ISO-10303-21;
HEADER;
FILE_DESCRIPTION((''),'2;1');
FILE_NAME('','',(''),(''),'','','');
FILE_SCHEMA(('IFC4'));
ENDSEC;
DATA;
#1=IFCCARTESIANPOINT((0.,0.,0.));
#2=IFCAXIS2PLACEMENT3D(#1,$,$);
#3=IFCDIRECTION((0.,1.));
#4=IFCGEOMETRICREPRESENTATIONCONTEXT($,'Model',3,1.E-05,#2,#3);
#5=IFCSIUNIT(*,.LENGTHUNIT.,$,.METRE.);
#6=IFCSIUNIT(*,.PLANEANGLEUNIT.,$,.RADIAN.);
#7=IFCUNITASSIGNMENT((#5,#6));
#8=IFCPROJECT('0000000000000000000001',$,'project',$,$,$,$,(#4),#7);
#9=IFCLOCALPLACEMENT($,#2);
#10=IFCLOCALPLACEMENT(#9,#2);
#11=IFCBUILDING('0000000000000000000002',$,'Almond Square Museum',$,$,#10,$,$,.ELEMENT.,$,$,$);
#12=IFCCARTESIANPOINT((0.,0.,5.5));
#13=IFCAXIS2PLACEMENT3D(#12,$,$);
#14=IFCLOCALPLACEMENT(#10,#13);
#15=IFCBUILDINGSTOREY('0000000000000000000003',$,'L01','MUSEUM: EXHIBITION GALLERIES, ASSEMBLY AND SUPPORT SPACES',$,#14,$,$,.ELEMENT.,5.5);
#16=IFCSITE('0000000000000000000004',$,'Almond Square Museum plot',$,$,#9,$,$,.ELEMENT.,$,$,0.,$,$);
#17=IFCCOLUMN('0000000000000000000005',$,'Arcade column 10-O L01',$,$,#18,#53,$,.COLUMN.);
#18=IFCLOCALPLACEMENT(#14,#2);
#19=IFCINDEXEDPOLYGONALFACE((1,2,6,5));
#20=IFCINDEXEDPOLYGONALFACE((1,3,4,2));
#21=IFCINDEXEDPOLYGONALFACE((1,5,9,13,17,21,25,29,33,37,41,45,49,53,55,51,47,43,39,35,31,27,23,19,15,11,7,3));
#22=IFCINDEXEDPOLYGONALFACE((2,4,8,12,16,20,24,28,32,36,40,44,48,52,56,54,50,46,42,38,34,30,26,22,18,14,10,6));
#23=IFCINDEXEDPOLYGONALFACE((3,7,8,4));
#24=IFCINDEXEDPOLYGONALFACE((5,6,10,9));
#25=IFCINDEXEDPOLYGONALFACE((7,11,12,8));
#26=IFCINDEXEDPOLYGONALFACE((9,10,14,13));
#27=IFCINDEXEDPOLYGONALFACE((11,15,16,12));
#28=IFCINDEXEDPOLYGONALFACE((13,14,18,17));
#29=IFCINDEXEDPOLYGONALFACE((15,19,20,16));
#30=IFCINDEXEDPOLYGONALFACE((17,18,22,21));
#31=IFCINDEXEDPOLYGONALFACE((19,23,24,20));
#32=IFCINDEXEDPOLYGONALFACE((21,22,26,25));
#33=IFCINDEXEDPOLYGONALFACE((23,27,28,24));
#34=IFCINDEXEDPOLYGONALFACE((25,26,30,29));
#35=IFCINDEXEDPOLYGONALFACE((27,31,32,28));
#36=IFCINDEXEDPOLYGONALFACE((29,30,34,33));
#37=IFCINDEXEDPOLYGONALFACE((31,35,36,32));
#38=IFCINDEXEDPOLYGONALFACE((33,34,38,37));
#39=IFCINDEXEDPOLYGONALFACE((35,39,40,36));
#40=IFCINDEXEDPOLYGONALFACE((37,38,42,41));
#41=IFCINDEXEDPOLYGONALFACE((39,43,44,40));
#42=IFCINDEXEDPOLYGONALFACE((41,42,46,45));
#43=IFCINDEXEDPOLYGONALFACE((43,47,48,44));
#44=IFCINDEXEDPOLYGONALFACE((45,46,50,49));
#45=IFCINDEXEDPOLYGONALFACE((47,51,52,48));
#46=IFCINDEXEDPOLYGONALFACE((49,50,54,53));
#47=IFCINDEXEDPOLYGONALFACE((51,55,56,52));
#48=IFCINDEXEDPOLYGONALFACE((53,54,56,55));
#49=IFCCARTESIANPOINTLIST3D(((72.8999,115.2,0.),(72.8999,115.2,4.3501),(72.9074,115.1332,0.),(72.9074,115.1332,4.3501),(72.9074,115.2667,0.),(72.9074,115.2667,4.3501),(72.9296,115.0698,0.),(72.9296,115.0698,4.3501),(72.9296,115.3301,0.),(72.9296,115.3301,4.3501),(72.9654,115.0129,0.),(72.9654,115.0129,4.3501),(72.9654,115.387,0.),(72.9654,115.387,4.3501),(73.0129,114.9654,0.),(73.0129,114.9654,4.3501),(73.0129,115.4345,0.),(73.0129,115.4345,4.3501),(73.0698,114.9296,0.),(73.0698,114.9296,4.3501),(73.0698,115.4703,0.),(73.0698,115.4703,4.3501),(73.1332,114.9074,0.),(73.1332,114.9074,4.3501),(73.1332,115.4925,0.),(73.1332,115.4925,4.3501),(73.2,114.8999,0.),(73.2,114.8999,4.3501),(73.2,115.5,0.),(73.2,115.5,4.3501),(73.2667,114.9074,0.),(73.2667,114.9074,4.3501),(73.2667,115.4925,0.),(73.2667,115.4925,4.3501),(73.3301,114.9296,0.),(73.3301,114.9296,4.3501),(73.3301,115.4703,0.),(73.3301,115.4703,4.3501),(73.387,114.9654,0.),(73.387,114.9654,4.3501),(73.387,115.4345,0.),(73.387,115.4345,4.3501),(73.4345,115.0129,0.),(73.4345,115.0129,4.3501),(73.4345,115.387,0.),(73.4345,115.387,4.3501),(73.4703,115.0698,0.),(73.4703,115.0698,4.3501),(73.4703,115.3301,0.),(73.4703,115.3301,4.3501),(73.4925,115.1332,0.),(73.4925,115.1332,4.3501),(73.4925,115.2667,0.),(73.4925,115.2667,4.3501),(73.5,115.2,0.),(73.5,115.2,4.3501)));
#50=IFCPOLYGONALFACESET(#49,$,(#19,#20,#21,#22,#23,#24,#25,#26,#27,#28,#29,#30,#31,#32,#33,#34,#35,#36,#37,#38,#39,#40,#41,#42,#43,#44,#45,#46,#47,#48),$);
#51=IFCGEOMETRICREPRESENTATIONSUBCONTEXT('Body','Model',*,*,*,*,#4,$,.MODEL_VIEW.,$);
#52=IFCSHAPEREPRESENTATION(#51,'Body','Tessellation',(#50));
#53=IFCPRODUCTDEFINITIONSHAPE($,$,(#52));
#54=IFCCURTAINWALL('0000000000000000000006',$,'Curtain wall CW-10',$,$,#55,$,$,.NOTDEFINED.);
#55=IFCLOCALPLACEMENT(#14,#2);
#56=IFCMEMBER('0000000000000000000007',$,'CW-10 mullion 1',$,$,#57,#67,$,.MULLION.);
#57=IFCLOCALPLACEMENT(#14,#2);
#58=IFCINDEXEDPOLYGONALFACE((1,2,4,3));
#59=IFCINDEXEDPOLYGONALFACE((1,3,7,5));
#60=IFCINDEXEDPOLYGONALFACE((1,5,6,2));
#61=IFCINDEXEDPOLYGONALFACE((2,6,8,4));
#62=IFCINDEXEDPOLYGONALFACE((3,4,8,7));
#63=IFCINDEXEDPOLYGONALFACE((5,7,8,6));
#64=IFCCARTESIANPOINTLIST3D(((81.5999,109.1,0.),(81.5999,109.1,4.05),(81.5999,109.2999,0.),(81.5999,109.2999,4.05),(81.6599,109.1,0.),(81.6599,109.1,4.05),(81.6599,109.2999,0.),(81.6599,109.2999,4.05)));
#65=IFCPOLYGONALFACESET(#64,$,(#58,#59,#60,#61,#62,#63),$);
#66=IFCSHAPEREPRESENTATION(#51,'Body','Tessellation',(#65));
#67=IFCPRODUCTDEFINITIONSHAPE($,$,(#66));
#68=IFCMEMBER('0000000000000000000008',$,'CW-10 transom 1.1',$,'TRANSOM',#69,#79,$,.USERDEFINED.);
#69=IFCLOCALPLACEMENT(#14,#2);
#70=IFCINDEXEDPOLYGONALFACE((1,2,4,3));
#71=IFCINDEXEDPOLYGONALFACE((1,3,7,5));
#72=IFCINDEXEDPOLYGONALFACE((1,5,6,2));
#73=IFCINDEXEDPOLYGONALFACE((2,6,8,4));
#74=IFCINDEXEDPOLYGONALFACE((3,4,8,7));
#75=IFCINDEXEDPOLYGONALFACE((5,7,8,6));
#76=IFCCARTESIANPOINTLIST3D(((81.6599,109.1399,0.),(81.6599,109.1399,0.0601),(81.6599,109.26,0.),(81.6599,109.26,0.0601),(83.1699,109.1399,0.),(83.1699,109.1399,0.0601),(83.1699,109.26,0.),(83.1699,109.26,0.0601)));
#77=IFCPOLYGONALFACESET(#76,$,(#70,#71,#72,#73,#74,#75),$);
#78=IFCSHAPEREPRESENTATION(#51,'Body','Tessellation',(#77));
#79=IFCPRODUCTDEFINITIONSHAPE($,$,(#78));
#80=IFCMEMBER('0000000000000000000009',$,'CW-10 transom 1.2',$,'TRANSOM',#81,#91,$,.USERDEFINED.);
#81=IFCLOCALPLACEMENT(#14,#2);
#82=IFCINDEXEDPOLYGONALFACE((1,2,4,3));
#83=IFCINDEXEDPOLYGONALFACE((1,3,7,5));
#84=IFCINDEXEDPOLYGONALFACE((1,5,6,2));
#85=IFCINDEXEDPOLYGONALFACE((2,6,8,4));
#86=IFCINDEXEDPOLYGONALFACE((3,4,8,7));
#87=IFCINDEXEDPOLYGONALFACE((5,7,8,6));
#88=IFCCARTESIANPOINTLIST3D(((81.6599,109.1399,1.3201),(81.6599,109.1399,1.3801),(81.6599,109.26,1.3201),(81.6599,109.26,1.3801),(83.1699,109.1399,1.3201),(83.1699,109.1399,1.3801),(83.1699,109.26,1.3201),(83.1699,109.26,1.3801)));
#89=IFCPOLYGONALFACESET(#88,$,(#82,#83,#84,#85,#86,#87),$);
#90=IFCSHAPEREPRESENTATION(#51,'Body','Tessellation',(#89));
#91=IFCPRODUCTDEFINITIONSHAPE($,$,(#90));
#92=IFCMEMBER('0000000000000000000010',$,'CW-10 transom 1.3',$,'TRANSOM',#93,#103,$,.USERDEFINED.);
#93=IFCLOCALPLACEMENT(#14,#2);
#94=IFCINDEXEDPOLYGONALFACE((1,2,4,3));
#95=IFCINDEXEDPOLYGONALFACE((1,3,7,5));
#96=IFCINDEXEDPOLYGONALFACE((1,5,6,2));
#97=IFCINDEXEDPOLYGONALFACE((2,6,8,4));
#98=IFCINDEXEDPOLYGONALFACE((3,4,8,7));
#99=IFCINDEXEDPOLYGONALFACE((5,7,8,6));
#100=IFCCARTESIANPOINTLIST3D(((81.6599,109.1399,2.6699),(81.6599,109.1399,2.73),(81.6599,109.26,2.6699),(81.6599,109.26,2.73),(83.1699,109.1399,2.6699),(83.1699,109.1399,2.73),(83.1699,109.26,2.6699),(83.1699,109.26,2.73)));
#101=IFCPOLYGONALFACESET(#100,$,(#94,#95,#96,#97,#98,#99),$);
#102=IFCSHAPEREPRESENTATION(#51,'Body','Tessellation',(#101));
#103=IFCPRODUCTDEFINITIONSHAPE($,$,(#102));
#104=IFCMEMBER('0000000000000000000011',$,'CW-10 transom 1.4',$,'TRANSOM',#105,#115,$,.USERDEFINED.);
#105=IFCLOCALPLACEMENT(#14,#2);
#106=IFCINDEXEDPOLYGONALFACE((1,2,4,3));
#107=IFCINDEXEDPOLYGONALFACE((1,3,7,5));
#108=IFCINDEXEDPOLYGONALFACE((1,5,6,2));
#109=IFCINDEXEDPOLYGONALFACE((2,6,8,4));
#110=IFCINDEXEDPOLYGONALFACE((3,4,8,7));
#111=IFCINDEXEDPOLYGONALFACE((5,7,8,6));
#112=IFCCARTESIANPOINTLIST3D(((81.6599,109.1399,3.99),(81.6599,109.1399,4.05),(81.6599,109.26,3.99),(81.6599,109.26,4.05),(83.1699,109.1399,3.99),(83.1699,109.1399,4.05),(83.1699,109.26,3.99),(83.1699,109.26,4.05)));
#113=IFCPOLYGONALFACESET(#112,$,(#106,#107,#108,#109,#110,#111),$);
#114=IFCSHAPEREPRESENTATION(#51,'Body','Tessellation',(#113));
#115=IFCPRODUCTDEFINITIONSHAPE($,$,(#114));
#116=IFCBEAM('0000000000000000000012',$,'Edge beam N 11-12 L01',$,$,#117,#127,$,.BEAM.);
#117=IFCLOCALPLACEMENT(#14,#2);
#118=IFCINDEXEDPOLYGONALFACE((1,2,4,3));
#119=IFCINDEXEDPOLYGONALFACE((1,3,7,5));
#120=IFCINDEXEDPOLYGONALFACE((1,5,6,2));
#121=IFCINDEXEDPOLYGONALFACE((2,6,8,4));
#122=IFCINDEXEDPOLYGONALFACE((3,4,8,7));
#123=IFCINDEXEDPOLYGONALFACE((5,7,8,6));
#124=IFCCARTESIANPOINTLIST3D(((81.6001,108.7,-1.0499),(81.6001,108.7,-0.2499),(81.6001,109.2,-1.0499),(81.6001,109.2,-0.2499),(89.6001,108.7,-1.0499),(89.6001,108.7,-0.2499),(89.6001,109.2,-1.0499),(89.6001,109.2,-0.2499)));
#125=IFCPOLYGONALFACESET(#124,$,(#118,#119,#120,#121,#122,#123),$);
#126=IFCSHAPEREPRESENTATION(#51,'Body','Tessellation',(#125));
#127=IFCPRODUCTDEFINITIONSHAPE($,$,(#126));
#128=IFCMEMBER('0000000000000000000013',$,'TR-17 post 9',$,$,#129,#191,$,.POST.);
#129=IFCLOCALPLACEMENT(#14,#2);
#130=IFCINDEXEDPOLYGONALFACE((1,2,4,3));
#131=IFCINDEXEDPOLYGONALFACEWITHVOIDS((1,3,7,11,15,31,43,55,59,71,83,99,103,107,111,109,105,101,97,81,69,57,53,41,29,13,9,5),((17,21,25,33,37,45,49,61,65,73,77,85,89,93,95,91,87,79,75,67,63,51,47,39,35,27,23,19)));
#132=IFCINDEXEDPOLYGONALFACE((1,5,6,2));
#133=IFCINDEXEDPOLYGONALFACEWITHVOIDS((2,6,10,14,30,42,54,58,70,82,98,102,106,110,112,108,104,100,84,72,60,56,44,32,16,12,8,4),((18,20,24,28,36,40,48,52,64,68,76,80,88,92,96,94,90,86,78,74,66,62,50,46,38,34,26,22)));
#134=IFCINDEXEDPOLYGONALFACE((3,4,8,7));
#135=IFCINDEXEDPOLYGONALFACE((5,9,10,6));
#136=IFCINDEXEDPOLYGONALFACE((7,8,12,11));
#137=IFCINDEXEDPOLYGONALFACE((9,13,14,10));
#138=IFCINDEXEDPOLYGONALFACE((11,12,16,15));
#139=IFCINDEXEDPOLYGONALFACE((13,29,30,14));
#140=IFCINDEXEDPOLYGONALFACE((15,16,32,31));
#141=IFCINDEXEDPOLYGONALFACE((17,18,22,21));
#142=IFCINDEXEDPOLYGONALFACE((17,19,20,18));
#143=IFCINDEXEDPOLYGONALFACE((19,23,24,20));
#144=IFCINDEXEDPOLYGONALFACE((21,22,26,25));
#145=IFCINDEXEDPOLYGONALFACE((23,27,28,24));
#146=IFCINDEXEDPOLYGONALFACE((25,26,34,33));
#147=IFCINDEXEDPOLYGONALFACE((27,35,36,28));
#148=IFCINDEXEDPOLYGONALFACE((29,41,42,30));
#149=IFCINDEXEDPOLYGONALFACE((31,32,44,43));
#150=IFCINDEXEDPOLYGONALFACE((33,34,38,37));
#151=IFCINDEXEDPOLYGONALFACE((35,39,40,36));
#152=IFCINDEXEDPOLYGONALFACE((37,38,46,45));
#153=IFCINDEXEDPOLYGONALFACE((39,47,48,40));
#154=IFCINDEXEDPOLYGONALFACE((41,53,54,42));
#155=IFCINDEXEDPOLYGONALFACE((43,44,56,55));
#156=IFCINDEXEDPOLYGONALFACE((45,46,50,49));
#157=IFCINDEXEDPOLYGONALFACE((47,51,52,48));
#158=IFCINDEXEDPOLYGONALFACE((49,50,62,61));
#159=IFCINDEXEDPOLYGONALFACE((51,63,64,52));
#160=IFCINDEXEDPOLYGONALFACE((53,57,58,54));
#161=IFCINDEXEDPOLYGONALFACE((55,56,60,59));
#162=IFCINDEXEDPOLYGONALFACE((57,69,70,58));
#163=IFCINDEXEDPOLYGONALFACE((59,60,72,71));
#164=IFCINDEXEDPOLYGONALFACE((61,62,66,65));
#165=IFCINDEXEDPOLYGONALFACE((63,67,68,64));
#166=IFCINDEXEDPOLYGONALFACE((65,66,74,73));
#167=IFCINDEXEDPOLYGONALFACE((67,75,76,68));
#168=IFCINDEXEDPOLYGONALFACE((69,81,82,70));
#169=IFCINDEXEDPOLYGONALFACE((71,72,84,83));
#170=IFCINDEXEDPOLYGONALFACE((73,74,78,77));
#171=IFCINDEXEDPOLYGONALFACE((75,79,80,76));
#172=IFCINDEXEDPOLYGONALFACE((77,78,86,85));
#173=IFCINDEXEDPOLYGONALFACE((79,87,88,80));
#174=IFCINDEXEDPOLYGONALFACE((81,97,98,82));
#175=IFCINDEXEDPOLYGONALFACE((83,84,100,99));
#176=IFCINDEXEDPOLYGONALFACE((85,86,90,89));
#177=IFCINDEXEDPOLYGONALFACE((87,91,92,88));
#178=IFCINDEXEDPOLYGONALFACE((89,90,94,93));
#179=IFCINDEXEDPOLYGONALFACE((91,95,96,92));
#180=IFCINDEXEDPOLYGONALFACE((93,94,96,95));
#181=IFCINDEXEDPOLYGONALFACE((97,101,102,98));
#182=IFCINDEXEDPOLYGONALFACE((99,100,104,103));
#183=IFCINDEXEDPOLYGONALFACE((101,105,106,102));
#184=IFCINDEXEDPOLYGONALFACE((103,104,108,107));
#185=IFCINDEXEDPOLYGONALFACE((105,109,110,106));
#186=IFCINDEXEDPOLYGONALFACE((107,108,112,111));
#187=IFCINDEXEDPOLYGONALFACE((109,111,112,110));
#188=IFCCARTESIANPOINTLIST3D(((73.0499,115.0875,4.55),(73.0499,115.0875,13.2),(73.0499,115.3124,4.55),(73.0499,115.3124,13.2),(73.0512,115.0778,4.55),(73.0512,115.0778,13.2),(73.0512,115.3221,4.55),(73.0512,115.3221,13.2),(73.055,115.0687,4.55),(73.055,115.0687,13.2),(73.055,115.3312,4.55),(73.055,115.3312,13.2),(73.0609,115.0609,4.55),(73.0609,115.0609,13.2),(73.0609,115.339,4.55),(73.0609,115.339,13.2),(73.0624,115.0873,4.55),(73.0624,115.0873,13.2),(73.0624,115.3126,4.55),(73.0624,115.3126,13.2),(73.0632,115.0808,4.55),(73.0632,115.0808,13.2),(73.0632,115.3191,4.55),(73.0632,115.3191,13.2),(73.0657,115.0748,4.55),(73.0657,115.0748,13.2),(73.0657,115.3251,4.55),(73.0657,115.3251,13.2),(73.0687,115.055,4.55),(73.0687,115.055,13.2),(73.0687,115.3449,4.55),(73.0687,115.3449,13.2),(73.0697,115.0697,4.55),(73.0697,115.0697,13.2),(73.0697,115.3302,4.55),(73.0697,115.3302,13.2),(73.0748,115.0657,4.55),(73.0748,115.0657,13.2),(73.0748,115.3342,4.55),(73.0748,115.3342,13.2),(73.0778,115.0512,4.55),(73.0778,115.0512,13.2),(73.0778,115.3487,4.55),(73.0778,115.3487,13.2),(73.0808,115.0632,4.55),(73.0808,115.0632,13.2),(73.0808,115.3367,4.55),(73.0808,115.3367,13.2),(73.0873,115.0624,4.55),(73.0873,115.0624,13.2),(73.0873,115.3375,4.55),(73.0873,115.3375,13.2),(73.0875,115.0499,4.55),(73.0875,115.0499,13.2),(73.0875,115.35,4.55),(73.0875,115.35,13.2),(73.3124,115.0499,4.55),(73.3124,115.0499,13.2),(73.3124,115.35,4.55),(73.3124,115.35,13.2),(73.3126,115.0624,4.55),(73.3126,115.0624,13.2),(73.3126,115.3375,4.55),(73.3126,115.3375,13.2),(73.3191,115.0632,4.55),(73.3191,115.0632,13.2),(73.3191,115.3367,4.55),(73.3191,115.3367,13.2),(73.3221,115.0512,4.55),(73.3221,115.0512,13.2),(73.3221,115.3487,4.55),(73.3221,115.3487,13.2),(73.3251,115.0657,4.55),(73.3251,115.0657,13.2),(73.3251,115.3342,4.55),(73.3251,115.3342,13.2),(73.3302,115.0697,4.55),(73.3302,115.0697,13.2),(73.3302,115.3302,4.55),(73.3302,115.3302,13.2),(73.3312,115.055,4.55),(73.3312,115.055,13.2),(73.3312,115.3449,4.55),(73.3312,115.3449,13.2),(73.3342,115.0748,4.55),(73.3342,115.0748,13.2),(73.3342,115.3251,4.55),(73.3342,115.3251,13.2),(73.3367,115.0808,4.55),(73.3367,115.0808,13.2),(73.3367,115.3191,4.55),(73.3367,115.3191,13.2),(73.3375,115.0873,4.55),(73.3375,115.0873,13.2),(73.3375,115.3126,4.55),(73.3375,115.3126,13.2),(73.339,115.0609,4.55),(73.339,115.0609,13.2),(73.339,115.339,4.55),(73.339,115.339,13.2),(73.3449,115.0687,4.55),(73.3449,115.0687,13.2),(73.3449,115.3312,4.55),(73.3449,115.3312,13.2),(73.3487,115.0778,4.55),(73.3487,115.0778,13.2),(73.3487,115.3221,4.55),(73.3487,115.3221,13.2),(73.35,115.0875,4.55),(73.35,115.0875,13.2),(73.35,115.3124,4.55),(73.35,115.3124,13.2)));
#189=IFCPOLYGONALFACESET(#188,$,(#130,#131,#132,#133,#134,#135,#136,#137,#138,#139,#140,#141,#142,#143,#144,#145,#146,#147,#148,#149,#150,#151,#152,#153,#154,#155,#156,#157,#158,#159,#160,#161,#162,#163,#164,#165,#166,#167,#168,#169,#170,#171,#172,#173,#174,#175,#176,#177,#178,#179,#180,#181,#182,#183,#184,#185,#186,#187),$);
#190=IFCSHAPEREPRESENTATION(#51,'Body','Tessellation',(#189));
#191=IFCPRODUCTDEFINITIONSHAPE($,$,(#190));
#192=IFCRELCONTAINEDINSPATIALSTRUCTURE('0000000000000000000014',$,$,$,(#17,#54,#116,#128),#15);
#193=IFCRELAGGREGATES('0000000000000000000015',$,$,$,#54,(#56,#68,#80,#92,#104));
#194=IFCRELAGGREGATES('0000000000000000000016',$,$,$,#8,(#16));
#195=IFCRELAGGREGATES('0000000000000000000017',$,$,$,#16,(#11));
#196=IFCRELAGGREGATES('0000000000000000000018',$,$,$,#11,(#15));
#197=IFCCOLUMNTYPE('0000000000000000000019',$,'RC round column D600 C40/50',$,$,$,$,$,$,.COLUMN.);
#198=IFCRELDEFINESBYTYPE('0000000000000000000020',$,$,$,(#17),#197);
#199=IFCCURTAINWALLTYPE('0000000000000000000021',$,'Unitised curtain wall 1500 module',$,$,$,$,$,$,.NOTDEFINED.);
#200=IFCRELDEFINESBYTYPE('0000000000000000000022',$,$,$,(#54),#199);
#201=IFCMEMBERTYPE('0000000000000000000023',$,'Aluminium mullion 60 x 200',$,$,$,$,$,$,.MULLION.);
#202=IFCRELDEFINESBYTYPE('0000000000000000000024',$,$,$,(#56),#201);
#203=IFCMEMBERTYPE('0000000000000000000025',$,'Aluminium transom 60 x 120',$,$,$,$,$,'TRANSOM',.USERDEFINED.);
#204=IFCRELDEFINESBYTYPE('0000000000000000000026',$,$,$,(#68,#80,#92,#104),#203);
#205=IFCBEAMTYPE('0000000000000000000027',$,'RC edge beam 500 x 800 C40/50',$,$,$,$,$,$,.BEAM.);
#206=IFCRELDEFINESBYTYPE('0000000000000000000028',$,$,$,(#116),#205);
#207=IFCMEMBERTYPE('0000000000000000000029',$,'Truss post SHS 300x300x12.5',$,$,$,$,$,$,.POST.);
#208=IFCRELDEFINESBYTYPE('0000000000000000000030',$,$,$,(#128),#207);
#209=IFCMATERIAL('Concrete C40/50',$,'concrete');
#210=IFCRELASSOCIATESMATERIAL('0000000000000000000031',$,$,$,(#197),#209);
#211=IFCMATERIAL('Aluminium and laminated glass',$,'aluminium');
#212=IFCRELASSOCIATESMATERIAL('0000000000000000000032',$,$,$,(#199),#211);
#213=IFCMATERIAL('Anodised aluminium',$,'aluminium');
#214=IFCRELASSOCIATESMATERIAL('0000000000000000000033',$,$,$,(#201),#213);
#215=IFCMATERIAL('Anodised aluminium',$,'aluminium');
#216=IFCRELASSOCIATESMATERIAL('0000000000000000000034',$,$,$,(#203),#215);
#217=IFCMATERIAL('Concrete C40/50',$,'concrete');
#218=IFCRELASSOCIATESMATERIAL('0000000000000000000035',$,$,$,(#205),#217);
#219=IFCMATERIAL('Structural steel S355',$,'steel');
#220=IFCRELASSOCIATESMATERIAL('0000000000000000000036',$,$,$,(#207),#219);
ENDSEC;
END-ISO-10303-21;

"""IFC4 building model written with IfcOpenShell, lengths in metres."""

from ifc_helpers import new_model, si_unit, direction, frame, origin, origin_2d, place, context, subcontext, project, spatial, rectangle, hollow_rectangle, circle, extrude, material, material_profile, profile_set, type_object, element, aggregate, save


model = new_model("IFC4")

# Units and contexts
model_context = context("Model", 3, precision=1e-05, world=origin(), true_north=direction((0.0, 1.0)))
body_context = subcontext(model_context, "Body", "Model", "MODEL_VIEW")
ifc_project = project(units=[si_unit("LENGTHUNIT", "METRE"), si_unit("PLANEANGLEUNIT", "RADIAN")], contexts=[model_context])

# Site, building, storey
site_placement = place(None, origin())
site = spatial("IfcSite", under=ifc_project, at=site_placement, Name="Almond Square Museum plot", CompositionType="ELEMENT", RefElevation=0.0)
building_placement = place(site_placement, origin())
building = spatial("IfcBuilding", under=site, at=building_placement, Name="Almond Square Museum", CompositionType="ELEMENT")
storey_placement = place(building_placement, frame((0.0, 0.0, 5.5)))
storey = spatial("IfcBuildingStorey", under=building, at=storey_placement, Name="L01", Description="MUSEUM: EXHIBITION GALLERIES, ASSEMBLY AND SUPPORT SPACES", CompositionType="ELEMENT", Elevation=5.5)

# Column
ifc_material_1 = material(Name="Concrete C40/50", Category="concrete")
ifc_material_profile_1 = material_profile(ifc_material_1, circle(Radius=0.3, at=origin_2d()))
ifc_profile_set_1 = profile_set([ifc_material_profile_1], Name="Concrete C40/50")
column_type = type_object("IfcColumnType", Name="RC round column D600 C40/50", PredefinedType="COLUMN", material=ifc_profile_set_1)
column_placement = place(storey_placement, frame((73.2, 115.2, 0.0), z_axis=(0.0, 0.0, 1.0), x_axis=(1.0, 0.0, 0.0)))
element("IfcColumn", 1, at=column_placement, inside=storey, type_object=column_type, Name="Arcade column 10-O L01", PredefinedType="COLUMN", context=body_context, shape_type="SweptSolid", body=[
    extrude(circle(Radius=0.3, at=origin_2d()), origin(), (0.0, 0.0, 1.0), 4.3501),
])

# Curtain wall, members
ifc_material_2 = material(Name="Aluminium and laminated glass", Category="aluminium")
curtain_wall_type = type_object("IfcCurtainWallType", Name="Unitised curtain wall 1500 module", PredefinedType="NOTDEFINED", material=ifc_material_2)
curtain_wall_placement = place(storey_placement, origin())
curtain_wall = element("IfcCurtainWall", 2, at=curtain_wall_placement, inside=storey, type_object=curtain_wall_type, Name="Curtain wall CW-10", PredefinedType="NOTDEFINED")
ifc_material_3 = material(Name="Anodised aluminium", Category="aluminium")
ifc_material_profile_2 = material_profile(ifc_material_3, rectangle(XDim=0.2, YDim=0.0601, at=origin_2d()))
ifc_profile_set_2 = profile_set([ifc_material_profile_2], Name="Anodised aluminium")
member_type_1 = type_object("IfcMemberType", Name="Aluminium mullion 60 x 200", PredefinedType="MULLION", material=ifc_profile_set_2)
member_1_placement = place(storey_placement, frame((81.6299, 109.2, 0.0), z_axis=(0.0, 0.0, 1.0), x_axis=(0.0, 1.0, 0.0)))
member_1 = element("IfcMember", 3, at=member_1_placement, type_object=member_type_1, Name="CW-10 mullion 1", PredefinedType="MULLION", context=body_context, shape_type="SweptSolid", body=[
    extrude(rectangle(XDim=0.2, YDim=0.0601, at=origin_2d()), origin(), (0.0, 0.0, 1.0), 4.05),
])
ifc_material_4 = material(Name="Anodised aluminium", Category="aluminium")
ifc_material_profile_3 = material_profile(ifc_material_4, rectangle(XDim=0.1201, YDim=0.0601, at=origin_2d()))
ifc_profile_set_3 = profile_set([ifc_material_profile_3], Name="Anodised aluminium")
member_type_2 = type_object("IfcMemberType", Name="Aluminium transom 60 x 120", ElementType="TRANSOM", PredefinedType="USERDEFINED", material=ifc_profile_set_3)
member_2_placement = place(storey_placement, frame((81.6599, 109.2, 0.03), z_axis=(1.0, 0.0, 0.0), x_axis=(0.0, 1.0, 0.0)))
member_2 = element("IfcMember", 4, at=member_2_placement, type_object=member_type_2, Name="CW-10 transom 1.1", ObjectType="TRANSOM", PredefinedType="USERDEFINED", context=body_context, shape_type="SweptSolid", body=[
    extrude(rectangle(XDim=0.1201, YDim=0.0601, at=origin_2d()), origin(), (0.0, 0.0, 1.0), 1.51),
])
member_3_placement = place(storey_placement, frame((81.6599, 109.2, 1.3501), z_axis=(1.0, 0.0, 0.0), x_axis=(0.0, 1.0, 0.0)))
member_3 = element("IfcMember", 5, at=member_3_placement, type_object=member_type_2, Name="CW-10 transom 1.2", ObjectType="TRANSOM", PredefinedType="USERDEFINED", context=body_context, shape_type="SweptSolid", body=[
    extrude(rectangle(XDim=0.1201, YDim=0.0601, at=origin_2d()), origin(), (0.0, 0.0, 1.0), 1.51),
])
member_4_placement = place(storey_placement, frame((81.6599, 109.2, 2.7), z_axis=(1.0, 0.0, 0.0), x_axis=(0.0, 1.0, 0.0)))
member_4 = element("IfcMember", 6, at=member_4_placement, type_object=member_type_2, Name="CW-10 transom 1.3", ObjectType="TRANSOM", PredefinedType="USERDEFINED", context=body_context, shape_type="SweptSolid", body=[
    extrude(rectangle(XDim=0.1201, YDim=0.0601, at=origin_2d()), origin(), (0.0, 0.0, 1.0), 1.51),
])
member_5_placement = place(storey_placement, frame((81.6599, 109.2, 4.02), z_axis=(1.0, 0.0, 0.0), x_axis=(0.0, 1.0, 0.0)))
member_5 = element("IfcMember", 7, at=member_5_placement, type_object=member_type_2, Name="CW-10 transom 1.4", ObjectType="TRANSOM", PredefinedType="USERDEFINED", context=body_context, shape_type="SweptSolid", body=[
    extrude(rectangle(XDim=0.1201, YDim=0.0601, at=origin_2d()), origin(), (0.0, 0.0, 1.0), 1.51),
])

# Beam
ifc_material_5 = material(Name="Concrete C40/50", Category="concrete")
ifc_material_profile_4 = material_profile(ifc_material_5, rectangle(XDim=0.5, YDim=0.8, at=origin_2d()))
ifc_profile_set_4 = profile_set([ifc_material_profile_4], Name="Concrete C40/50")
beam_type = type_object("IfcBeamType", Name="RC edge beam 500 x 800 C40/50", PredefinedType="BEAM", material=ifc_profile_set_4)
beam_placement = place(storey_placement, frame((81.6001, 108.95, -0.6499), z_axis=(1.0, 0.0, 0.0), x_axis=(0.0, 1.0, 0.0)))
element("IfcBeam", 8, at=beam_placement, inside=storey, type_object=beam_type, Name="Edge beam N 11-12 L01", PredefinedType="BEAM", context=body_context, shape_type="SweptSolid", body=[
    extrude(rectangle(XDim=0.5, YDim=0.8, at=origin_2d()), origin(), (0.0, 0.0, 1.0), 8.0),
])

# Member
ifc_material_6 = material(Name="Structural steel S355", Category="steel")
ifc_material_profile_5 = material_profile(ifc_material_6, hollow_rectangle(XDim=0.3, YDim=0.3, WallThickness=0.0125, InnerFilletRadius=0.0249, OuterFilletRadius=0.0376, at=origin_2d()))
ifc_profile_set_5 = profile_set([ifc_material_profile_5], Name="Structural steel S355")
member_type_3 = type_object("IfcMemberType", Name="Truss post SHS 300x300x12.5", PredefinedType="POST", material=ifc_profile_set_5)
member_6_placement = place(storey_placement, frame((73.2, 115.2, 4.55), z_axis=(0.0, 0.0, 1.0), x_axis=(1.0, 0.0, 0.0)))
element("IfcMember", 9, at=member_6_placement, inside=storey, type_object=member_type_3, Name="TR-17 post 9", PredefinedType="POST", context=body_context, shape_type="SweptSolid", body=[
    extrude(hollow_rectangle(XDim=0.3, YDim=0.3, WallThickness=0.0125, InnerFilletRadius=0.0249, OuterFilletRadius=0.0376, at=origin_2d()), origin(), (0.0, 0.0, 1.0), 8.6499),
])

aggregate(curtain_wall, [member_1, member_2, member_3, member_4, member_5])

save(model, "model.ifc")
